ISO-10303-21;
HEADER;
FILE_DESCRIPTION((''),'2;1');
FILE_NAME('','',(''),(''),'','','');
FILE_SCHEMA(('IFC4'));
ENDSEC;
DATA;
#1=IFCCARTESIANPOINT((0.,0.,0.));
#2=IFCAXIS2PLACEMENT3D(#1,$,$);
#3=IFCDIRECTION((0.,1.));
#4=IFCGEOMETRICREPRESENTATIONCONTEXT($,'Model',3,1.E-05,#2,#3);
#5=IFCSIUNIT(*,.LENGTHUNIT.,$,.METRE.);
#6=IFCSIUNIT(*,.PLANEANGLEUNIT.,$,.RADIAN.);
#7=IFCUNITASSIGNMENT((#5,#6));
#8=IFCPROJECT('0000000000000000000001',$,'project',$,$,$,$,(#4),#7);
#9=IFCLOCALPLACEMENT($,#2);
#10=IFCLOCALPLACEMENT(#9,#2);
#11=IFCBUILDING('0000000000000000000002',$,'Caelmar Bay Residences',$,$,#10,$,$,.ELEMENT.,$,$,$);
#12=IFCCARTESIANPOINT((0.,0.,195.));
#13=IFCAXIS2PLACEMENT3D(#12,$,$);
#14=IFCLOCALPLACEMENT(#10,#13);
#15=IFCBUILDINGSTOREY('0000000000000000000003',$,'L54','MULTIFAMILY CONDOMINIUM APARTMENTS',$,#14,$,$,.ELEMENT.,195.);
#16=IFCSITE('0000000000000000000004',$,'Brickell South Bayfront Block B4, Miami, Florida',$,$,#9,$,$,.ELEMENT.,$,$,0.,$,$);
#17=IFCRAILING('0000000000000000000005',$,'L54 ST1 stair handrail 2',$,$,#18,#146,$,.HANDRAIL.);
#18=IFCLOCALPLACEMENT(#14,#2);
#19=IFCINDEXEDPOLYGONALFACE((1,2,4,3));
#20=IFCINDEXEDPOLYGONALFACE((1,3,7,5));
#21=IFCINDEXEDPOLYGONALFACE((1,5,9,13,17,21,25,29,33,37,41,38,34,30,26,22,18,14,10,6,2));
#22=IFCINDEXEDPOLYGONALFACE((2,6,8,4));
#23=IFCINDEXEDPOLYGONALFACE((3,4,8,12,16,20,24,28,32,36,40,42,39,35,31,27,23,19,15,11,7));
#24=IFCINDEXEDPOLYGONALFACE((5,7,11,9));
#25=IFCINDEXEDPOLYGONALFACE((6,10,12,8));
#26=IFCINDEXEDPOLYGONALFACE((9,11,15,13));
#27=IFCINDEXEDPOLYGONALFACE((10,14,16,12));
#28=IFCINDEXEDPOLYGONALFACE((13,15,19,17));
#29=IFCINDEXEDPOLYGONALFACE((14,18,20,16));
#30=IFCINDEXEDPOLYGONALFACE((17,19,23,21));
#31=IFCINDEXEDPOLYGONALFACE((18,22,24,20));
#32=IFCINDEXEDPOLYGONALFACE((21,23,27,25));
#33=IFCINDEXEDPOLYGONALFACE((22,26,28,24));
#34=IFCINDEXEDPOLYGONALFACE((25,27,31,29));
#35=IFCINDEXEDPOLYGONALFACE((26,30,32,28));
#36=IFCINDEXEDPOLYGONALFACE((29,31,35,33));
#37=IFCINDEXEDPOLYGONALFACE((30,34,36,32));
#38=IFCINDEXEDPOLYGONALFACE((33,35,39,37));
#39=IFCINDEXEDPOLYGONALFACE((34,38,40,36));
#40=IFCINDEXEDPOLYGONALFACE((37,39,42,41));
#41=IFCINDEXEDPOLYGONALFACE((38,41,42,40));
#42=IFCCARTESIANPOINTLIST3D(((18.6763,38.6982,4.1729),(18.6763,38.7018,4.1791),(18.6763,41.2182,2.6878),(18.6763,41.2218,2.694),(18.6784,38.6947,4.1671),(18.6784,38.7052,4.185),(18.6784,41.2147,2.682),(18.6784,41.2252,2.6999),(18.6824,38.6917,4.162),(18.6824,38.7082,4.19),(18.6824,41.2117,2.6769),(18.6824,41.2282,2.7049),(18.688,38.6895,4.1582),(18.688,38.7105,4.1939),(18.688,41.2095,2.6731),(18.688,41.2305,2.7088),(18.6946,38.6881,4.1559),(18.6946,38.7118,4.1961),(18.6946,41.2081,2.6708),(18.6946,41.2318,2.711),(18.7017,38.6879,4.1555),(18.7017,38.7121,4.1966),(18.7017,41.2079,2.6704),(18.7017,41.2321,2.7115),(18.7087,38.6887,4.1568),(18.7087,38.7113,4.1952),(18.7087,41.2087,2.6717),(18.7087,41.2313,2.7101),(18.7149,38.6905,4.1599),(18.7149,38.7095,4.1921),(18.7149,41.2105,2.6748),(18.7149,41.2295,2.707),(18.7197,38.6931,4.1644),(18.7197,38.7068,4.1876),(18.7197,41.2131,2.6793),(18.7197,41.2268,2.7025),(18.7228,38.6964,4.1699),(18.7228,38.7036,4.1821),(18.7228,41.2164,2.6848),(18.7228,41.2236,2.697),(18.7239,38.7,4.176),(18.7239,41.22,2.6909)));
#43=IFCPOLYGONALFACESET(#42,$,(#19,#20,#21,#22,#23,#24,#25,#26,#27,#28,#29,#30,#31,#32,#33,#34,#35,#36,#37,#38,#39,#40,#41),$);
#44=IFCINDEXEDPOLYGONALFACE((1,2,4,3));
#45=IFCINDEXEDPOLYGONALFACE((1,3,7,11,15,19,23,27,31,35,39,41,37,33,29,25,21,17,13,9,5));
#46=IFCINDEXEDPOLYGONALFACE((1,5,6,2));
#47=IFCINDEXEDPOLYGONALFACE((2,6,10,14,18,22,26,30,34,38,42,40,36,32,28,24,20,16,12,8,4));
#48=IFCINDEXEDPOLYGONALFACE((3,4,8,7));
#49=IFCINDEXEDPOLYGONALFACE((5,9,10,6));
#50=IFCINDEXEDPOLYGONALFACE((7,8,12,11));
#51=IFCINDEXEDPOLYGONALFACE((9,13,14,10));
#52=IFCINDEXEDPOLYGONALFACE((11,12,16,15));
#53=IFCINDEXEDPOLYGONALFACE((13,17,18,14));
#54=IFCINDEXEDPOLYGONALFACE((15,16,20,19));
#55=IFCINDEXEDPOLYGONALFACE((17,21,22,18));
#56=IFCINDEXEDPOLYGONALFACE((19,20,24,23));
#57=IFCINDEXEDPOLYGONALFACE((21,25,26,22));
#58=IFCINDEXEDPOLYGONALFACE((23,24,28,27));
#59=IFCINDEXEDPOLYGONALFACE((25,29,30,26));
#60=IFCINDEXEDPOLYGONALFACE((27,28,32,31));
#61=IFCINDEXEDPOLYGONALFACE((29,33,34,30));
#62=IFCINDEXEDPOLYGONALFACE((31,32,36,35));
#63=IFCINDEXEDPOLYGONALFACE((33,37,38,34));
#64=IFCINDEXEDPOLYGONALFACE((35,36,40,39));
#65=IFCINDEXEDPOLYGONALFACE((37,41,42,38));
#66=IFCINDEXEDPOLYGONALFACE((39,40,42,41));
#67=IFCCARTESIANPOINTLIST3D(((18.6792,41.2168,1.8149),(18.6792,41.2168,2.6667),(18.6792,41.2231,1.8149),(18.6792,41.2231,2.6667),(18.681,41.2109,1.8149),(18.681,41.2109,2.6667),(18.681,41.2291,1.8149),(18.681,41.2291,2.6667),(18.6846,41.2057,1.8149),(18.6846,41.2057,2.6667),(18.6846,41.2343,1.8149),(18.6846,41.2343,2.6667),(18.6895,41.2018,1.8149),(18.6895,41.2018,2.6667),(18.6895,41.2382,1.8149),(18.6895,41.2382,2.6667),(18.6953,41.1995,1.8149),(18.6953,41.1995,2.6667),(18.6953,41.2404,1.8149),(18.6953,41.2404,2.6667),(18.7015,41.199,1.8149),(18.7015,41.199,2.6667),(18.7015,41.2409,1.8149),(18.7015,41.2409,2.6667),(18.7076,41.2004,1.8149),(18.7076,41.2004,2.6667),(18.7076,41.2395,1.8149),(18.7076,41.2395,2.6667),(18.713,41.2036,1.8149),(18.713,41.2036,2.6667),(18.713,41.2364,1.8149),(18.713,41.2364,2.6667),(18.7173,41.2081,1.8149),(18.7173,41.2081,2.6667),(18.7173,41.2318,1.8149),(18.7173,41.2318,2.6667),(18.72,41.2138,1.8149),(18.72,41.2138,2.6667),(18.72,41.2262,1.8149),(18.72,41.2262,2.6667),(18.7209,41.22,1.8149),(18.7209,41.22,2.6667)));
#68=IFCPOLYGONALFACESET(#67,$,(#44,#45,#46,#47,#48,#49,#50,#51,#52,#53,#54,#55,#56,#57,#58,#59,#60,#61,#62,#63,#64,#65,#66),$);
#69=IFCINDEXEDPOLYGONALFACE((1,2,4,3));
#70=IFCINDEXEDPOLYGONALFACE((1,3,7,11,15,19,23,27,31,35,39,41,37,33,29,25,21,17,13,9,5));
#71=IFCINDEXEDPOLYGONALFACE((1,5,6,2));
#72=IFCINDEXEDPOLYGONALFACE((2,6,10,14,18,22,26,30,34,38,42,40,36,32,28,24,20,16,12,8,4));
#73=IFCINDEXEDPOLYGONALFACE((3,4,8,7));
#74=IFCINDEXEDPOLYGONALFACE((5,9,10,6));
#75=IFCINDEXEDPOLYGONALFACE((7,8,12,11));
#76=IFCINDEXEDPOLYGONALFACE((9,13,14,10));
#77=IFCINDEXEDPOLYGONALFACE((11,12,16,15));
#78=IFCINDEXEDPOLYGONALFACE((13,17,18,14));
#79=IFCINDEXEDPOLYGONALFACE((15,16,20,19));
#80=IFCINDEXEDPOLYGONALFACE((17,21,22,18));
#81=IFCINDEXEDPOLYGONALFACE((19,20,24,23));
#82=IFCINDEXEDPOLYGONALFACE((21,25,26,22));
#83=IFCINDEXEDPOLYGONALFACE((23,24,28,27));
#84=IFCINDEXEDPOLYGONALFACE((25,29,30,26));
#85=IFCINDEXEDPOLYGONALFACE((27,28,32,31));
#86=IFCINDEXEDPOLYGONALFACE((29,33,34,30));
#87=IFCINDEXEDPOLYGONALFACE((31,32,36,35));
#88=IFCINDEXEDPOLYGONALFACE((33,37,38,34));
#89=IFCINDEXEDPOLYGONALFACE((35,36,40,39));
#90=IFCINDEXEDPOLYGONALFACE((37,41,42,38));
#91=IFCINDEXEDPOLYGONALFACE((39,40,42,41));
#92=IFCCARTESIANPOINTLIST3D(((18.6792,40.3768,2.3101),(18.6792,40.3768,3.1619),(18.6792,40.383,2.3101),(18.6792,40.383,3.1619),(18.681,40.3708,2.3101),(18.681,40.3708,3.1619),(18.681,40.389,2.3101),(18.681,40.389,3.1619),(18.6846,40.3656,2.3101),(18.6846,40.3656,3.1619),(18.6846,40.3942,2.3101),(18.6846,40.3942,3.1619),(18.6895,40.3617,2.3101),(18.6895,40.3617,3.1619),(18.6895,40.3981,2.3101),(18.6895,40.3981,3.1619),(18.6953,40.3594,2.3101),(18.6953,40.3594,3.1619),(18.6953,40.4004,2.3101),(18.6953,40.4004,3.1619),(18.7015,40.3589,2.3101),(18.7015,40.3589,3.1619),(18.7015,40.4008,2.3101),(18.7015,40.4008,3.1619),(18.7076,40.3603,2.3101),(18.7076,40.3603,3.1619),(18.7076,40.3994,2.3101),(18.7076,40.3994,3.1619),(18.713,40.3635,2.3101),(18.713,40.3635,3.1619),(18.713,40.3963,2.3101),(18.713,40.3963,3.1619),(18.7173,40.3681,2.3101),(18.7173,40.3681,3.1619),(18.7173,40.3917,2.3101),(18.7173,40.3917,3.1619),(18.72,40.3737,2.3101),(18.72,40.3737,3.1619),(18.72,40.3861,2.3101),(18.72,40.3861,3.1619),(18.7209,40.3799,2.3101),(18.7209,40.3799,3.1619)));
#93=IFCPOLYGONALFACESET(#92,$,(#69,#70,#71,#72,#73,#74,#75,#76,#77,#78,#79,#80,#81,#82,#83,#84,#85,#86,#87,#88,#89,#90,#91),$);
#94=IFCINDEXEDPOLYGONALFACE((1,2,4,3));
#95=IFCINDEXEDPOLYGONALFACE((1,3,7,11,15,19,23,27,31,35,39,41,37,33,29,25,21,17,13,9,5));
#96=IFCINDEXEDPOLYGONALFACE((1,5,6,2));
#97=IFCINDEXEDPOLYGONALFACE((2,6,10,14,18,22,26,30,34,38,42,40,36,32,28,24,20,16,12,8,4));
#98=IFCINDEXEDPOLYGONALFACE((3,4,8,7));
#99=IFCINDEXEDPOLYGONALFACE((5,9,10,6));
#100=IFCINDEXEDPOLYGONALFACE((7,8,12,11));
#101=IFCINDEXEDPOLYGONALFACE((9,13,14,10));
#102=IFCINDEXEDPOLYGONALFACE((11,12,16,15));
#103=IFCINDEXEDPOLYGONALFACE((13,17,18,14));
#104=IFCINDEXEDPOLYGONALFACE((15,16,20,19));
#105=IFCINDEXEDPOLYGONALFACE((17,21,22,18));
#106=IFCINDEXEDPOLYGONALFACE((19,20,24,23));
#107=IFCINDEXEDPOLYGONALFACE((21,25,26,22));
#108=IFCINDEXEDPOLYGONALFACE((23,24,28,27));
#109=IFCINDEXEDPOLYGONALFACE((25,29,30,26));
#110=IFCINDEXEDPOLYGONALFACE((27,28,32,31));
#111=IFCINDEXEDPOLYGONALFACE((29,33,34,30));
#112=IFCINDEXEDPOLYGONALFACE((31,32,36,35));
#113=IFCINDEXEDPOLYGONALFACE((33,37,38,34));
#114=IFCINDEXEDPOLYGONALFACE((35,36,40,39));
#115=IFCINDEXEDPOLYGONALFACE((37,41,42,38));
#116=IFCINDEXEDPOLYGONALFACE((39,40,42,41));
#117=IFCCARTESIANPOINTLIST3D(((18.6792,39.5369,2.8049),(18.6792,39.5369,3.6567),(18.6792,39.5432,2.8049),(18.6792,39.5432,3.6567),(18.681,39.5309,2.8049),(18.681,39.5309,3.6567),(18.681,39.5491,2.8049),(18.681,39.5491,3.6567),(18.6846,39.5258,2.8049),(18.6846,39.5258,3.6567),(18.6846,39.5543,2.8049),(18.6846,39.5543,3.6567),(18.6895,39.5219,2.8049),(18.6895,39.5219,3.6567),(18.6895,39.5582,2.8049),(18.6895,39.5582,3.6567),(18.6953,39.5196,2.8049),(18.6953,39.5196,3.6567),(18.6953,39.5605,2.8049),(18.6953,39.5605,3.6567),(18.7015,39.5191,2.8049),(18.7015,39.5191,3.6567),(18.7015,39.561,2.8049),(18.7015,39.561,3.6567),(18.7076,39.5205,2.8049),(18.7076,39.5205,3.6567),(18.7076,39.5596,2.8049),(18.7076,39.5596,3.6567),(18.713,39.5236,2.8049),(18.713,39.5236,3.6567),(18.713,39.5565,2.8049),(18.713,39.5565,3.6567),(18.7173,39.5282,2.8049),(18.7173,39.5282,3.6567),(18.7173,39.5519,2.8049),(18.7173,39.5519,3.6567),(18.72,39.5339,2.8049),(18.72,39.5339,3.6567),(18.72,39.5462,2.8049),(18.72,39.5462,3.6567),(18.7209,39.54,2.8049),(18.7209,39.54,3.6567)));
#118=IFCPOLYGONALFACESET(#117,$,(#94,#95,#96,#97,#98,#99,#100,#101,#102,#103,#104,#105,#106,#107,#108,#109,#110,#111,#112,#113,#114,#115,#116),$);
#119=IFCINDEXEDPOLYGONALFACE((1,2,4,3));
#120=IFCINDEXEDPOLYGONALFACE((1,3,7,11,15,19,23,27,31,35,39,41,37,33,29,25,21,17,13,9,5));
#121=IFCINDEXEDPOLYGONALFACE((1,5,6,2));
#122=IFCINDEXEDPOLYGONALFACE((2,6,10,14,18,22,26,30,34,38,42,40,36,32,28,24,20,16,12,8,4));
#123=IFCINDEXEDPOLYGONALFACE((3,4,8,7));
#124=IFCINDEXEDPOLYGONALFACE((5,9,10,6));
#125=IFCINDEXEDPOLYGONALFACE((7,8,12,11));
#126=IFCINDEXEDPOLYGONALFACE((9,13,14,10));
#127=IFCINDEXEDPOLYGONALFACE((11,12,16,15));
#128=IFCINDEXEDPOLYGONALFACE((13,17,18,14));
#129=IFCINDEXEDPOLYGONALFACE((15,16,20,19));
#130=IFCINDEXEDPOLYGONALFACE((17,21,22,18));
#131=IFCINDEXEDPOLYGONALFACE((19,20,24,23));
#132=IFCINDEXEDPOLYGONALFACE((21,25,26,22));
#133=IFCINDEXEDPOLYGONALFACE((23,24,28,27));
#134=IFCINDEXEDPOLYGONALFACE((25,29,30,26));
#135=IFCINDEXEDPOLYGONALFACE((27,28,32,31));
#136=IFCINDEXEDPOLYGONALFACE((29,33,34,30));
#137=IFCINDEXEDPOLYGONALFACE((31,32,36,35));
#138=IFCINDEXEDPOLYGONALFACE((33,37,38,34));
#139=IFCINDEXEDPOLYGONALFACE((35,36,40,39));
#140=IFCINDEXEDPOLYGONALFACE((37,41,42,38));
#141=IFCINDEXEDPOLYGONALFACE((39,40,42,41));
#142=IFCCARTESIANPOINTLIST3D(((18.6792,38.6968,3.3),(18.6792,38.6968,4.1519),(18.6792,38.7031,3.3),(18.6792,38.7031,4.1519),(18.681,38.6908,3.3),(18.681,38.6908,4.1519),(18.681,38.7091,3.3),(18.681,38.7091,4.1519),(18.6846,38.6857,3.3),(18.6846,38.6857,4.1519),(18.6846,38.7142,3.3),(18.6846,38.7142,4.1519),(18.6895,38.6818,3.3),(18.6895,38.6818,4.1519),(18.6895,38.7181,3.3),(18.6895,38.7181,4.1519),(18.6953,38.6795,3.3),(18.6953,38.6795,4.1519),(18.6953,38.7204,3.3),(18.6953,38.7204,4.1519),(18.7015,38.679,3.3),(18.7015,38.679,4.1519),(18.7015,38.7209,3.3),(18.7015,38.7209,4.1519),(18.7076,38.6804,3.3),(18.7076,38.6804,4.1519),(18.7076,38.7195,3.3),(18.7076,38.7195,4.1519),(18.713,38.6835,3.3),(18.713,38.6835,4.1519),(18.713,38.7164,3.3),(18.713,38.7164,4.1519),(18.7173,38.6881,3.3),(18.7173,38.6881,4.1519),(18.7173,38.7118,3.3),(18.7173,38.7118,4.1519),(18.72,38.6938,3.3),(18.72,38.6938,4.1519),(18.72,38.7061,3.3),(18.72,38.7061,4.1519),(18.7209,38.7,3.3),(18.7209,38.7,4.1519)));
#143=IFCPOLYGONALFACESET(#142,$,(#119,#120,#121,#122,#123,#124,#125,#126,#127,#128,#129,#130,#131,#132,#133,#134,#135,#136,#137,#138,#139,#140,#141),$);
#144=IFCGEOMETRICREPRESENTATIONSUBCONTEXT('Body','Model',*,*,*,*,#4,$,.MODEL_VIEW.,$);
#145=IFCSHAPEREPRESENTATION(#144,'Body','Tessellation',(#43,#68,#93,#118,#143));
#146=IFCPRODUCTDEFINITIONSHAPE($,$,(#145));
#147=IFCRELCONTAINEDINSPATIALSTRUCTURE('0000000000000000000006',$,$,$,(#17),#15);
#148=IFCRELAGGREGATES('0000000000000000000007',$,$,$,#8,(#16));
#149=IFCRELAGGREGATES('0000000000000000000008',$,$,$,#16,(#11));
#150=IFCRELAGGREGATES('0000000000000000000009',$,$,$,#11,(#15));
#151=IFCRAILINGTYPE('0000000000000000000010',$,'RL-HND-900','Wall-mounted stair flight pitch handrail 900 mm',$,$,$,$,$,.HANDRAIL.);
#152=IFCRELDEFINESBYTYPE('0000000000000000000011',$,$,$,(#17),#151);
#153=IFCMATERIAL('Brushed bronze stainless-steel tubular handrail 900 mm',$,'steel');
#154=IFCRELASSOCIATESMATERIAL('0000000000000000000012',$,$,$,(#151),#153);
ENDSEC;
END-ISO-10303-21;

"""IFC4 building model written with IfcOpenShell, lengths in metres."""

from ifc_helpers import new_model, si_unit, direction, frame, origin, origin_2d, place, context, subcontext, project, spatial, circle, extrude, material, type_object, element, save


model = new_model("IFC4")

# Units and contexts
model_context = context("Model", 3, precision=1e-05, world=origin(), true_north=direction((0.0, 1.0)))
body_context = subcontext(model_context, "Body", "Model", "MODEL_VIEW")
ifc_project = project(units=[si_unit("LENGTHUNIT", "METRE"), si_unit("PLANEANGLEUNIT", "RADIAN")], contexts=[model_context])

# Site, building, storey
site_placement = place(None, origin())
site = spatial("IfcSite", under=ifc_project, at=site_placement, Name="Brickell South Bayfront Block B4, Miami, Florida", CompositionType="ELEMENT", RefElevation=0.0)
building_placement = place(site_placement, origin())
building = spatial("IfcBuilding", under=site, at=building_placement, Name="Caelmar Bay Residences", CompositionType="ELEMENT")
storey_placement = place(building_placement, frame((0.0, 0.0, 195.0)))
storey = spatial("IfcBuildingStorey", under=building, at=storey_placement, Name="L54", Description="MULTIFAMILY CONDOMINIUM APARTMENTS", CompositionType="ELEMENT", Elevation=195.0)

# Railing
ifc_material_1 = material(Name="Brushed bronze stainless-steel tubular handrail 900 mm", Category="steel")
railing_type_1 = type_object("IfcRailingType", Name="RL-HND-900", Description="Wall-mounted stair flight pitch handrail 900 mm", PredefinedType="HANDRAIL", material=ifc_material_1)
railing_1_placement = place(storey_placement, frame((18.7, 41.22, 1.8149)))
element("IfcRailing", 1, at=railing_1_placement, inside=storey, type_object=railing_type_1, Name="L54 ST1 stair handrail 2", PredefinedType="HANDRAIL", context=body_context, shape_type="SweptSolid", body=[
    extrude(circle(Radius=0.0239, at=origin_2d()), frame((0.0, 0.0, 0.876), z_axis=(0.0, -0.861524, 0.507717), x_axis=(1.0, 0.0, 0.0)), (0.0, 0.0, 1.0), 2.925),
    extrude(circle(Radius=0.021, at=origin_2d()), origin(), (0.0, 0.0, 1.0), 0.8518),
    extrude(circle(Radius=0.021, at=origin_2d()), frame((0.0, -0.8401, 0.4951)), (0.0, 0.0, 1.0), 0.8518),
    extrude(circle(Radius=0.021, at=origin_2d()), frame((0.0, -1.6799, 0.99)), (0.0, 0.0, 1.0), 0.8518),
    extrude(circle(Radius=0.021, at=origin_2d()), frame((0.0, -2.52, 1.4851)), (0.0, 0.0, 1.0), 0.8518),
])

save(model, "model.ifc")
